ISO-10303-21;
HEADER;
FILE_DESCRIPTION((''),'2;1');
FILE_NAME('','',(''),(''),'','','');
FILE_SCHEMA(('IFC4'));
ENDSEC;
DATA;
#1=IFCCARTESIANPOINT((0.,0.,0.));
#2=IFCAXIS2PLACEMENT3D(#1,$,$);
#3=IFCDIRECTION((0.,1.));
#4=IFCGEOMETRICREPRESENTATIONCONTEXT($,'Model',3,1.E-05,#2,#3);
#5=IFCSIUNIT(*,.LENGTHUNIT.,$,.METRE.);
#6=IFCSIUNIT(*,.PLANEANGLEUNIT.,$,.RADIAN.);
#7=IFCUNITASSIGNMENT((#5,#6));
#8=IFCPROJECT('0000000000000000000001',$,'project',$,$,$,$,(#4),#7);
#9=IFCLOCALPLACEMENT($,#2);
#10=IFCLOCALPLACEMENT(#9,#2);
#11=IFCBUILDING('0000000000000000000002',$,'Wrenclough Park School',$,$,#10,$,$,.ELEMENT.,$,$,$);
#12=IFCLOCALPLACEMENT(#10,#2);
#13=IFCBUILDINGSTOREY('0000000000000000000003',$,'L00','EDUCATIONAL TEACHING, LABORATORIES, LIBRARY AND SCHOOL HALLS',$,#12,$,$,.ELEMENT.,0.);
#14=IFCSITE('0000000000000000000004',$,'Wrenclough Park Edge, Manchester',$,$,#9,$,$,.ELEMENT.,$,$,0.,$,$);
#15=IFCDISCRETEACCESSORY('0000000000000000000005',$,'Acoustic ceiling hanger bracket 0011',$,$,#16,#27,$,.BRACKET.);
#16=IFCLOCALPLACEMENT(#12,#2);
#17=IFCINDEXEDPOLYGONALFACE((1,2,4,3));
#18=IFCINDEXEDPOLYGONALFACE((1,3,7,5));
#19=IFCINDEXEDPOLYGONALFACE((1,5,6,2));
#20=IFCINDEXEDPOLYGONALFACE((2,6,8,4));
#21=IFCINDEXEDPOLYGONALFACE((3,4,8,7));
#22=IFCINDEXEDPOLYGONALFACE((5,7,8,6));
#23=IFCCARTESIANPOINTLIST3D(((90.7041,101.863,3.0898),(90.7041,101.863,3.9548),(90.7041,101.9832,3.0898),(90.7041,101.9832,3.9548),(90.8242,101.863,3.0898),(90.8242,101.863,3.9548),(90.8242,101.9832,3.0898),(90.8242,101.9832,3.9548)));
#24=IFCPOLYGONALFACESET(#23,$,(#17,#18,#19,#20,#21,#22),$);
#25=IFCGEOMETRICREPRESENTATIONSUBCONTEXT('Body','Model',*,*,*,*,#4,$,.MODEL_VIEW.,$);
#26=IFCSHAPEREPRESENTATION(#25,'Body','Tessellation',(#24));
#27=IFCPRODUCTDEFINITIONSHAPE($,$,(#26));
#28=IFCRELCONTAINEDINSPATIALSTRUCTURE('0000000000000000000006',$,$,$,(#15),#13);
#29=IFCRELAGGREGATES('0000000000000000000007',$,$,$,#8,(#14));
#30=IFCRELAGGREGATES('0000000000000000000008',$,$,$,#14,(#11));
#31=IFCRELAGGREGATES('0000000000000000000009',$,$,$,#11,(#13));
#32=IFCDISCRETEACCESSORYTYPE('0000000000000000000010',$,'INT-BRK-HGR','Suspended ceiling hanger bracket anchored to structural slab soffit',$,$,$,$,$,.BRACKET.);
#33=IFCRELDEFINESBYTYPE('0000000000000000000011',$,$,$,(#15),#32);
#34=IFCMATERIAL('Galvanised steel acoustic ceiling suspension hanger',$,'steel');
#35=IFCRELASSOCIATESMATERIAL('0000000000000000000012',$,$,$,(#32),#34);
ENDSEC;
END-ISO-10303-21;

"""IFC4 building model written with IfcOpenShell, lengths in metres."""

from ifc_helpers import new_model, si_unit, direction, frame, origin, origin_2d, place, context, subcontext, project, spatial, rectangle, extrude, material, type_object, element, save


model = new_model("IFC4")

# Units and contexts
model_context = context("Model", 3, precision=1e-05, world=origin(), true_north=direction((0.0, 1.0)))
body_context = subcontext(model_context, "Body", "Model", "MODEL_VIEW")
ifc_project = project(units=[si_unit("LENGTHUNIT", "METRE"), si_unit("PLANEANGLEUNIT", "RADIAN")], contexts=[model_context])

# Site, building, storey
site_placement = place(None, origin())
site = spatial("IfcSite", under=ifc_project, at=site_placement, Name="Wrenclough Park Edge, Manchester", CompositionType="ELEMENT", RefElevation=0.0)
building_placement = place(site_placement, origin())
building = spatial("IfcBuilding", under=site, at=building_placement, Name="Wrenclough Park School", CompositionType="ELEMENT")
storey_placement = place(building_placement, origin())
storey = spatial("IfcBuildingStorey", under=building, at=storey_placement, Name="L00", Description="EDUCATIONAL TEACHING, LABORATORIES, LIBRARY AND SCHOOL HALLS", CompositionType="ELEMENT", Elevation=0.0)

# Discrete accessory
ifc_material_1 = material(Name="Galvanised steel acoustic ceiling suspension hanger", Category="steel")
discrete_accessory_type = type_object("IfcDiscreteAccessoryType", Name="INT-BRK-HGR", Description="Suspended ceiling hanger bracket anchored to structural slab soffit", PredefinedType="BRACKET", material=ifc_material_1)
discrete_accessory_placement = place(storey_placement, frame((90.7642, 101.9231, 3.0898), z_axis=(0.0, 0.0, 1.0), x_axis=(1.0, 0.0, 0.0)))
element("IfcDiscreteAccessory", 1, at=discrete_accessory_placement, inside=storey, type_object=discrete_accessory_type, Name="Acoustic ceiling hanger bracket 0011", PredefinedType="BRACKET", context=body_context, shape_type="SweptSolid", body=[
    extrude(rectangle(XDim=0.1201, YDim=0.1201, at=origin_2d()), origin(), (0.0, 0.0, 1.0), 0.865),
])

save(model, "model.ifc")
